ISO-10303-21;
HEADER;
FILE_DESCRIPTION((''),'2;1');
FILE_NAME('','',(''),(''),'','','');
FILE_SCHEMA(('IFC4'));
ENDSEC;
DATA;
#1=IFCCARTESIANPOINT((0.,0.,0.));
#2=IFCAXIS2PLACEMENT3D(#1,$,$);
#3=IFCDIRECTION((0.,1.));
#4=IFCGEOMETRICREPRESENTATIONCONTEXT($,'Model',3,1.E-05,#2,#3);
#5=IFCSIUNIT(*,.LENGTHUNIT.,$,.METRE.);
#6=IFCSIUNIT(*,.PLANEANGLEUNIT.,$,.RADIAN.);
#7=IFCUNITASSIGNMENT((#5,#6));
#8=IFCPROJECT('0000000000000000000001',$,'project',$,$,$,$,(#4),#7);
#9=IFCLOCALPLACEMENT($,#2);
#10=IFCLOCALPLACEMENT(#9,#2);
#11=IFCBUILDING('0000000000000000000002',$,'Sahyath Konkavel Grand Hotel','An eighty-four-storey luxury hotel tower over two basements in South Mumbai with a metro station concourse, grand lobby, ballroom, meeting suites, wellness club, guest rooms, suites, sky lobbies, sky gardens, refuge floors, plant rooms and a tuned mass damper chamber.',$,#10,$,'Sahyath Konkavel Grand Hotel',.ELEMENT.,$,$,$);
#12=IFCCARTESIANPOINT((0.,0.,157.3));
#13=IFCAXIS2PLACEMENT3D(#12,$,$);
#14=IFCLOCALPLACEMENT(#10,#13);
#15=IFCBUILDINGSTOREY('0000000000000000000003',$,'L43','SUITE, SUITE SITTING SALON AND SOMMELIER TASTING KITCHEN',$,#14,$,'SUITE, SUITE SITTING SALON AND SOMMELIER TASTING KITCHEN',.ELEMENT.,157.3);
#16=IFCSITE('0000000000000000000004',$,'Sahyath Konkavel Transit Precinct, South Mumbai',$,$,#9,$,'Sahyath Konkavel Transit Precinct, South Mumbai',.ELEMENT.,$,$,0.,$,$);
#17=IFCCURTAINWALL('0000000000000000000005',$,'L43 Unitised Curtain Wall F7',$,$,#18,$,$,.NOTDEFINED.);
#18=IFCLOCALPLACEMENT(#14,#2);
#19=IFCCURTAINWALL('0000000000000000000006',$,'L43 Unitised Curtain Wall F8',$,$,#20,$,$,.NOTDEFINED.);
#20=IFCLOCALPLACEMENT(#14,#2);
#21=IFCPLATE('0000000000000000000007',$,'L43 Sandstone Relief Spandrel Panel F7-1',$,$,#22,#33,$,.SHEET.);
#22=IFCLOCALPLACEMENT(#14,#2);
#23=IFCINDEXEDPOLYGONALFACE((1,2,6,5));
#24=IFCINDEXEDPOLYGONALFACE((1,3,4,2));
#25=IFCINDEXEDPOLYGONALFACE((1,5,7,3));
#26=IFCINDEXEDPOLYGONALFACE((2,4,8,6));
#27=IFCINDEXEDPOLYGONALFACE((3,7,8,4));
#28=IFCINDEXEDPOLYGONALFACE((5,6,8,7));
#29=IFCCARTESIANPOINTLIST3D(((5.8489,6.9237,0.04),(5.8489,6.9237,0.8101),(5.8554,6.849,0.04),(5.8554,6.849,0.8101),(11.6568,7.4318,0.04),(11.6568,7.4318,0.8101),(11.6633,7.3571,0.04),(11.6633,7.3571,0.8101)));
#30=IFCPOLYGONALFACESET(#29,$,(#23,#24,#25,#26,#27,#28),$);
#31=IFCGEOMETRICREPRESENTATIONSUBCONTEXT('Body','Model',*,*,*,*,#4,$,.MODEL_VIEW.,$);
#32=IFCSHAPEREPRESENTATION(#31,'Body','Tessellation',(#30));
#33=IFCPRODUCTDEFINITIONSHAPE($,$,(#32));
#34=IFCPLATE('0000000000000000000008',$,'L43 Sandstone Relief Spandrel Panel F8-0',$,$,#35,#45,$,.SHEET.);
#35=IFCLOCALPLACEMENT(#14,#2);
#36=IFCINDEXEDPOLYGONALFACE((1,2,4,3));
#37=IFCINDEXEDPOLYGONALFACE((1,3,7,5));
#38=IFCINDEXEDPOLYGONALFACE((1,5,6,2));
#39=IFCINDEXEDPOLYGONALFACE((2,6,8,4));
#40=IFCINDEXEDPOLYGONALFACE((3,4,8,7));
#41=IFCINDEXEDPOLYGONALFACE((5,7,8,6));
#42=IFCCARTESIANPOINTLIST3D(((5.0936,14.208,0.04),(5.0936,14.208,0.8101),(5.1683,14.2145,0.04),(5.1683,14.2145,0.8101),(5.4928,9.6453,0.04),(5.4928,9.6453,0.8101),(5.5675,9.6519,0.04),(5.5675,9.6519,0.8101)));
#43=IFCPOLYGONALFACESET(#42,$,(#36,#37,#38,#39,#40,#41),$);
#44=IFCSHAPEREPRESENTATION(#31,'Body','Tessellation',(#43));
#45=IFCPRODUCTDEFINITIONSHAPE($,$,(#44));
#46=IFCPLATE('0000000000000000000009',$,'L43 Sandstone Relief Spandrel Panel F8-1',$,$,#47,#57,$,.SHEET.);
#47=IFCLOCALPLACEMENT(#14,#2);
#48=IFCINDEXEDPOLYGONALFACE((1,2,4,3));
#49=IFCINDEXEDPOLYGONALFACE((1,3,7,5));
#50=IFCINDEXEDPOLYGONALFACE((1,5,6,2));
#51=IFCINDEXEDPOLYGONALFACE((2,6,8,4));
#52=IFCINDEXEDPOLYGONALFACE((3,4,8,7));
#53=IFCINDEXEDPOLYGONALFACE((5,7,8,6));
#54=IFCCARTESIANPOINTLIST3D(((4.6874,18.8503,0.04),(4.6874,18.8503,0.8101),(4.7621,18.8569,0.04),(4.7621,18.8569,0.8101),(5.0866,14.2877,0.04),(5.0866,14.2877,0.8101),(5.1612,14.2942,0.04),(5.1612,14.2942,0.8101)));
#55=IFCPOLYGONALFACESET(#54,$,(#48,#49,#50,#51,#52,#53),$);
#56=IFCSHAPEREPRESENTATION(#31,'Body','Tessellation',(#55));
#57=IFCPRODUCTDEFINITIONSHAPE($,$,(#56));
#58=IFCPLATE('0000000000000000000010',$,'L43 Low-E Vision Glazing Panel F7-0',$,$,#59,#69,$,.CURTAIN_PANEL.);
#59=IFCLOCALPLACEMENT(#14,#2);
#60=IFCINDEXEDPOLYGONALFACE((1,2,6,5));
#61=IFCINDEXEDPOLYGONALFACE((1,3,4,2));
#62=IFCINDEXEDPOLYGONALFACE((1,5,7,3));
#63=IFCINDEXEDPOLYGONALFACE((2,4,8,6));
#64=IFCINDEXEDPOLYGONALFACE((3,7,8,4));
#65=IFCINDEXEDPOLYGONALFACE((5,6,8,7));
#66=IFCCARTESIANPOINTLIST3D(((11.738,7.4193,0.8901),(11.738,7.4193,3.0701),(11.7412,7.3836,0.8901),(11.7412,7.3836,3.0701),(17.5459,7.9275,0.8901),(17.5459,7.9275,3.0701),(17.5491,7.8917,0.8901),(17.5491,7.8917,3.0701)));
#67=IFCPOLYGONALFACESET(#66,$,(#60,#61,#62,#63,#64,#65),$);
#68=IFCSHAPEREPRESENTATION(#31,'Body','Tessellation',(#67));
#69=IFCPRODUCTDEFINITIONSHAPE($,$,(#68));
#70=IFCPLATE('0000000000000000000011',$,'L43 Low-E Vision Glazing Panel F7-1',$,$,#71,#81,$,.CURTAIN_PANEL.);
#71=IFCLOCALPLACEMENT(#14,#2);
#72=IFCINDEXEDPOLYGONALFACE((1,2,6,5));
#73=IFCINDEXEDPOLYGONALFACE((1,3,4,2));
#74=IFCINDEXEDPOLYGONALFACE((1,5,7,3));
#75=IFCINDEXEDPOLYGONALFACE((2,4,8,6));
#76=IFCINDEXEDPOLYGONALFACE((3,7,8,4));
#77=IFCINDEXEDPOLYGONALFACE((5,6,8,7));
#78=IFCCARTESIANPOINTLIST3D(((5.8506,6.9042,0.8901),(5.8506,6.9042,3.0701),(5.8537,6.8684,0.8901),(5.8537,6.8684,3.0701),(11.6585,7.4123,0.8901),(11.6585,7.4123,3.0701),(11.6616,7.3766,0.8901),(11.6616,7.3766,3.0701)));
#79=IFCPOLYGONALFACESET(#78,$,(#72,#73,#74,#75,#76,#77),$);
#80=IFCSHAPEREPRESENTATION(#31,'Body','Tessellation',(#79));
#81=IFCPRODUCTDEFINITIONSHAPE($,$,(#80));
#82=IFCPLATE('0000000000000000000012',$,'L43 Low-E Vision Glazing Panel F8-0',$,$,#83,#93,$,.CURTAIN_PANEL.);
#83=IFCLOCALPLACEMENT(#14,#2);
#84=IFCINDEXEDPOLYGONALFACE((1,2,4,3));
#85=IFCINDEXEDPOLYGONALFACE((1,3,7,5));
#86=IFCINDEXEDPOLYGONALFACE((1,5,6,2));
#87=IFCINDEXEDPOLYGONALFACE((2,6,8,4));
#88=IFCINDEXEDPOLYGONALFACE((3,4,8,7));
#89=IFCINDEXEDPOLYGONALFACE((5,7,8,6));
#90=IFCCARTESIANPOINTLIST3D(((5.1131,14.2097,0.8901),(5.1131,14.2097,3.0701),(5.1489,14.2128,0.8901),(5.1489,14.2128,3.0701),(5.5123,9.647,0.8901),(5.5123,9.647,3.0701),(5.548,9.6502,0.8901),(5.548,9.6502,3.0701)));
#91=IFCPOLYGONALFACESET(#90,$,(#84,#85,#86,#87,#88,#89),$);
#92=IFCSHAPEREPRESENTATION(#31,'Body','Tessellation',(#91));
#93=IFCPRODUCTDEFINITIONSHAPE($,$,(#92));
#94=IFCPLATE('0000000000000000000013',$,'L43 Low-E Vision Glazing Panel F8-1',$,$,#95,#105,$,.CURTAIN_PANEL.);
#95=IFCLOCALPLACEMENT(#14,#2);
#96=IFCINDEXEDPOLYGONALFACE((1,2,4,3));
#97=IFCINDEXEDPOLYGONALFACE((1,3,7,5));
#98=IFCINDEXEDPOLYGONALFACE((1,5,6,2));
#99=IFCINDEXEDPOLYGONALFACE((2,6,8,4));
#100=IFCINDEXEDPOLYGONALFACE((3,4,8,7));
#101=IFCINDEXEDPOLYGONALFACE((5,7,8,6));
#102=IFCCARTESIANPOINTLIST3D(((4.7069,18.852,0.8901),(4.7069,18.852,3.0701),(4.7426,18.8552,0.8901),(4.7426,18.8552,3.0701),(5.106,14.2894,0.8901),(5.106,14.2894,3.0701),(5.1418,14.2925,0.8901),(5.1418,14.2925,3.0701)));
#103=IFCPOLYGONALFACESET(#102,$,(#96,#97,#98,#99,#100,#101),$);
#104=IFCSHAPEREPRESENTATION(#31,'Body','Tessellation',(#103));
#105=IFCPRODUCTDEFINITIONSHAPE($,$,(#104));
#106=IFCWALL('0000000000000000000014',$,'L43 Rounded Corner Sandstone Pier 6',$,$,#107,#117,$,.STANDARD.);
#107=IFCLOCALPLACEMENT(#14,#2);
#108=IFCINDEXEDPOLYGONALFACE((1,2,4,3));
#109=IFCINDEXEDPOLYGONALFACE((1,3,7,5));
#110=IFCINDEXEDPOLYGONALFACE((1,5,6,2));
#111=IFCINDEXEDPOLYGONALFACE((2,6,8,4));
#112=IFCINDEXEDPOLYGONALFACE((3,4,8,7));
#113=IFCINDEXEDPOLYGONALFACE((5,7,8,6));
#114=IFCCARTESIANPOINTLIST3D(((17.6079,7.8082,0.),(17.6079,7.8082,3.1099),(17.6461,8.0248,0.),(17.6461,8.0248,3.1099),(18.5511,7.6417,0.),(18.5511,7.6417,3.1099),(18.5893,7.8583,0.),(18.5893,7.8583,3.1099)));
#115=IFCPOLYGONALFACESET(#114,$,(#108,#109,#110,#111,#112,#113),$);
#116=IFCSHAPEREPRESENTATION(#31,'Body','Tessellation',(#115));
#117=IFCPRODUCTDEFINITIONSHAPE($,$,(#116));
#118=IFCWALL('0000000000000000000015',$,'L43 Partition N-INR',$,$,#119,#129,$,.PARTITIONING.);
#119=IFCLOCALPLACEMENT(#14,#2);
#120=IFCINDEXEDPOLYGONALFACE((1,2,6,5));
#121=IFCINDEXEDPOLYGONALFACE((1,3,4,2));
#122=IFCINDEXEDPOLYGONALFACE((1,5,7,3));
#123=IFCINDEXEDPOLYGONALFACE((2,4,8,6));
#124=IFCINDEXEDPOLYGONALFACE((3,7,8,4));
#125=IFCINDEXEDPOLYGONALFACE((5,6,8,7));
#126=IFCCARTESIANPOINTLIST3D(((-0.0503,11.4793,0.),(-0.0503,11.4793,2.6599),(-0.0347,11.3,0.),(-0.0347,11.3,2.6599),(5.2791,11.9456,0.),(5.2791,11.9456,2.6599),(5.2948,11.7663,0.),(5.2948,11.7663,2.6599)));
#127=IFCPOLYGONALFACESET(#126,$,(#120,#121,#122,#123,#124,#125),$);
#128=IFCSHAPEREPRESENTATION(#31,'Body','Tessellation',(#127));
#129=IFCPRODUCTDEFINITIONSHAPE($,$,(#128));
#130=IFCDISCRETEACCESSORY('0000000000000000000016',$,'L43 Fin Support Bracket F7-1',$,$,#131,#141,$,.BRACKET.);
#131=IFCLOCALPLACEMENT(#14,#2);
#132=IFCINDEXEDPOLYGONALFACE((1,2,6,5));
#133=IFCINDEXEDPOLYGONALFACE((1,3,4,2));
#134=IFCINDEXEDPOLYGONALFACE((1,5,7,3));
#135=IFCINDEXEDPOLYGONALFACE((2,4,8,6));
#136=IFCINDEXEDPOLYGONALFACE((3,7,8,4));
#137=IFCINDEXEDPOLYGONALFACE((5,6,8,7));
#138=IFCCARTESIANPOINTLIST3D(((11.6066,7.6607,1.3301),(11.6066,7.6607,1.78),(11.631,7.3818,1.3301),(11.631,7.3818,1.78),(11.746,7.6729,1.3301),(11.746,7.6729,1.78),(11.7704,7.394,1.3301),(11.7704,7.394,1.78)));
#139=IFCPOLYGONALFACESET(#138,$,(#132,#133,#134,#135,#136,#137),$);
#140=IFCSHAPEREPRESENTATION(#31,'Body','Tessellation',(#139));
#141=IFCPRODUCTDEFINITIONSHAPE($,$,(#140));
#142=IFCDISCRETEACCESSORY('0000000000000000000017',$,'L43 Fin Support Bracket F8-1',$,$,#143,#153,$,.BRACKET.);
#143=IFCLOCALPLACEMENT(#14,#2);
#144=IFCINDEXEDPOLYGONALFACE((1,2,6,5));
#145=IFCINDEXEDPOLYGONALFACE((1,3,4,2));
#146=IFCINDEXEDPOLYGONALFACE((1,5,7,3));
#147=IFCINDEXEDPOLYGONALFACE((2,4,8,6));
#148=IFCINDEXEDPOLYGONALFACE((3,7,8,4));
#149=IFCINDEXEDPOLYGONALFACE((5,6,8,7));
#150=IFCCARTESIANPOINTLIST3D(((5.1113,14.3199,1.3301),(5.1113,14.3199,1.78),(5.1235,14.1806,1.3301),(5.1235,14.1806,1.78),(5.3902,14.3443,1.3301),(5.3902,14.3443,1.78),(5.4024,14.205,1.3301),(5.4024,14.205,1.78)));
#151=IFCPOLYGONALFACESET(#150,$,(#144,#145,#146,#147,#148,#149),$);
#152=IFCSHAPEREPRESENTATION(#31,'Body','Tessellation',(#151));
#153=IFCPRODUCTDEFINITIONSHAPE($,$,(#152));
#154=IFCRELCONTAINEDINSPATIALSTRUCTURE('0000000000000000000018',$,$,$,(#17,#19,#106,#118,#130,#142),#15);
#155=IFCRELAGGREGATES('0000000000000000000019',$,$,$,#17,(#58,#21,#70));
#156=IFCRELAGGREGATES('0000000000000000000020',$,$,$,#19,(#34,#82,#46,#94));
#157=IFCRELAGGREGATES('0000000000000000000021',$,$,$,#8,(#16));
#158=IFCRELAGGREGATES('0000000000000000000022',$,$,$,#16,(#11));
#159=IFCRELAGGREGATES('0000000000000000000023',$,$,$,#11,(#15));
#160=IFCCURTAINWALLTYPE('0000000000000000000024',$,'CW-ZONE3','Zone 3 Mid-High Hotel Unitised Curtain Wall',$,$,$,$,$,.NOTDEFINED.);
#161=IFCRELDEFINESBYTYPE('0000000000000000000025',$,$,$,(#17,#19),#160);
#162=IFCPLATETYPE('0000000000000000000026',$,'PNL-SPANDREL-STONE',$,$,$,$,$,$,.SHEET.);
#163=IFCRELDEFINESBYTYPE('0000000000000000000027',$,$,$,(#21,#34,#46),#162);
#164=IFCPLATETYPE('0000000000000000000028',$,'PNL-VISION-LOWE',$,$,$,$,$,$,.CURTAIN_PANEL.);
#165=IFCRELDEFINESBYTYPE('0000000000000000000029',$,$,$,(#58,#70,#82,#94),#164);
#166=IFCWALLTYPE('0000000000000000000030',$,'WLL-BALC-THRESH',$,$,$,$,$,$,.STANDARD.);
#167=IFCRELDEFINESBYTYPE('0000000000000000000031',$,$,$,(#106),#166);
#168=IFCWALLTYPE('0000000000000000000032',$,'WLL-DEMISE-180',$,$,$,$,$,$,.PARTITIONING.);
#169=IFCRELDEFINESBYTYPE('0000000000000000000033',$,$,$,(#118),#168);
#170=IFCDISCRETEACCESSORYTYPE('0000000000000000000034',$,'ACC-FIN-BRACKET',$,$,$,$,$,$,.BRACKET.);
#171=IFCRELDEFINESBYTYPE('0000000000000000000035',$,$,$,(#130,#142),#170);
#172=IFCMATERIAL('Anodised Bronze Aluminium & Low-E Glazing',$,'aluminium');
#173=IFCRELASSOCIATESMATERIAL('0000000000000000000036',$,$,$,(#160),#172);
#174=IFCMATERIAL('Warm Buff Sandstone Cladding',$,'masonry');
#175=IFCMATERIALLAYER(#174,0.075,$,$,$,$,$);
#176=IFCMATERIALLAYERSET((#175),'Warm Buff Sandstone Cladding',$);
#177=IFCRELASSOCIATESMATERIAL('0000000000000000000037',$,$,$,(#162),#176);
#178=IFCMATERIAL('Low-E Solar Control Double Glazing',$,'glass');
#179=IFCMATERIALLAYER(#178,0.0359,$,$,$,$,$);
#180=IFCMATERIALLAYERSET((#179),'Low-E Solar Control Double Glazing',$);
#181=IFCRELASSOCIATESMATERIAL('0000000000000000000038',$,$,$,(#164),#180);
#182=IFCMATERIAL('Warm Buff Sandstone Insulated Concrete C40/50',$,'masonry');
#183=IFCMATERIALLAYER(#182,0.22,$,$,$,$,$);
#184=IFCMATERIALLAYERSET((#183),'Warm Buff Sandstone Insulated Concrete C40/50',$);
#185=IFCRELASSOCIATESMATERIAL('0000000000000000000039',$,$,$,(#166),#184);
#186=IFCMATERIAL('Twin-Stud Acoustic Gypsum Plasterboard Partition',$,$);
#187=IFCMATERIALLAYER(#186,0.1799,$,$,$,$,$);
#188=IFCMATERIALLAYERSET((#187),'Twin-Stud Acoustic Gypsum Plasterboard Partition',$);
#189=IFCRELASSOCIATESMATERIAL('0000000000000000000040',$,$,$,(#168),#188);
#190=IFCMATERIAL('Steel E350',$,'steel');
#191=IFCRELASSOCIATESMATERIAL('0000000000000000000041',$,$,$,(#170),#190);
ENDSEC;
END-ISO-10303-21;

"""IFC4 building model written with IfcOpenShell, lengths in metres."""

from ifc_helpers import new_model, si_unit, direction, frame, frame_2d, origin, origin_2d, place, context, subcontext, project, spatial, rectangle, extrude, source, transform, mapped, material, layer, layer_set, type_object, element, aggregate, save


model = new_model("IFC4")

# Units and contexts
model_context = context("Model", 3, precision=1e-05, world=origin(), true_north=direction((0.0, 1.0)))
body_context = subcontext(model_context, "Body", "Model", "MODEL_VIEW")
ifc_project = project(units=[si_unit("LENGTHUNIT", "METRE"), si_unit("PLANEANGLEUNIT", "RADIAN")], contexts=[model_context])

# Site, building, storey
site_placement = place(None, origin())
site = spatial("IfcSite", under=ifc_project, at=site_placement, Name="Sahyath Konkavel Transit Precinct, South Mumbai", LongName="Sahyath Konkavel Transit Precinct, South Mumbai", CompositionType="ELEMENT", RefElevation=0.0)
building_placement = place(site_placement, origin())
building = spatial("IfcBuilding", under=site, at=building_placement, Name="Sahyath Konkavel Grand Hotel", Description="An eighty-four-storey luxury hotel tower over two basements in South Mumbai with a metro station concourse, grand lobby, ballroom, meeting suites, wellness club, guest rooms, suites, sky lobbies, sky gardens, refuge floors, plant rooms and a tuned mass damper chamber.", LongName="Sahyath Konkavel Grand Hotel", CompositionType="ELEMENT")
storey_placement = place(building_placement, frame((0.0, 0.0, 157.3)))
storey = spatial("IfcBuildingStorey", under=building, at=storey_placement, Name="L43", Description="SUITE, SUITE SITTING SALON AND SOMMELIER TASTING KITCHEN", LongName="SUITE, SUITE SITTING SALON AND SOMMELIER TASTING KITCHEN", CompositionType="ELEMENT", Elevation=157.3)

# Curtain walls
ifc_material_1 = material(Name="Anodised Bronze Aluminium & Low-E Glazing", Category="aluminium")
curtain_wall_type = type_object("IfcCurtainWallType", Name="CW-ZONE3", Description="Zone 3 Mid-High Hotel Unitised Curtain Wall", PredefinedType="NOTDEFINED", material=ifc_material_1)
curtain_wall_1_placement = place(storey_placement, origin())
curtain_wall_1 = element("IfcCurtainWall", 1, at=curtain_wall_1_placement, inside=storey, type_object=curtain_wall_type, Name="L43 Unitised Curtain Wall F7", PredefinedType="NOTDEFINED")
curtain_wall_2_placement = place(storey_placement, origin())
curtain_wall_2 = element("IfcCurtainWall", 2, at=curtain_wall_2_placement, inside=storey, type_object=curtain_wall_type, Name="L43 Unitised Curtain Wall F8", PredefinedType="NOTDEFINED")

# Plates
ifc_material_2 = material(Name="Warm Buff Sandstone Cladding", Category="masonry")
ifc_layer_1 = layer(ifc_material_2, 0.075)
ifc_layer_set_1 = layer_set([ifc_layer_1], Name="Warm Buff Sandstone Cladding")
plate_type_1 = type_object("IfcPlateType", Name="PNL-SPANDREL-STONE", PredefinedType="SHEET", material=ifc_layer_set_1)
shared_shape_1 = source(origin(), body_context, "Body", "SweptSolid", [
    extrude(rectangle(XDim=5.8301, YDim=0.075, at=origin_2d()), origin(), (0.0, 0.0, 1.0), 0.77),
])
plate_1_placement = place(storey_placement, frame((8.7561, 7.1404, 0.04), z_axis=(0.0, 0.0, 1.0), x_axis=(-0.996195, -0.087156, 0.0)))
plate_1 = element("IfcPlate", 3, at=plate_1_placement, type_object=plate_type_1, Name="L43 Sandstone Relief Spandrel Panel F7-1", PredefinedType="SHEET", context=body_context, shape_type="MappedRepresentation", body=[
    mapped(shared_shape_1, transform((0.0, 0.0, 0.0), scale=1.0)),
])
shared_shape_2 = source(origin(), body_context, "Body", "SweptSolid", [
    extrude(rectangle(XDim=4.5801, YDim=0.075, at=origin_2d()), origin(), (0.0, 0.0, 1.0), 0.77),
])
plate_2_placement = place(storey_placement, frame((5.3306, 11.9299, 0.04), z_axis=(0.0, 0.0, 1.0), x_axis=(-0.087156, 0.996195, 0.0)))
plate_2 = element("IfcPlate", 4, at=plate_2_placement, type_object=plate_type_1, Name="L43 Sandstone Relief Spandrel Panel F8-0", PredefinedType="SHEET", context=body_context, shape_type="MappedRepresentation", body=[
    mapped(shared_shape_2, transform((0.0, 0.0, 0.0), scale=1.0)),
])
plate_3_placement = place(storey_placement, frame((4.9243, 16.5723, 0.04), z_axis=(0.0, 0.0, 1.0), x_axis=(-0.087156, 0.996195, 0.0)))
plate_3 = element("IfcPlate", 5, at=plate_3_placement, type_object=plate_type_1, Name="L43 Sandstone Relief Spandrel Panel F8-1", PredefinedType="SHEET", context=body_context, shape_type="MappedRepresentation", body=[
    mapped(shared_shape_2, transform((0.0, 0.0, 0.0), scale=1.0)),
])
ifc_material_3 = material(Name="Low-E Solar Control Double Glazing", Category="glass")
ifc_layer_2 = layer(ifc_material_3, 0.0359)
ifc_layer_set_2 = layer_set([ifc_layer_2], Name="Low-E Solar Control Double Glazing")
plate_type_2 = type_object("IfcPlateType", Name="PNL-VISION-LOWE", PredefinedType="CURTAIN_PANEL", material=ifc_layer_set_2)
shared_shape_3 = source(origin(), body_context, "Body", "SweptSolid", [
    extrude(rectangle(XDim=5.8301, YDim=0.0359, at=origin_2d()), origin(), (0.0, 0.0, 1.0), 2.1799),
])
plate_4_placement = place(storey_placement, frame((14.6436, 7.6555, 0.8901), z_axis=(0.0, 0.0, 1.0), x_axis=(-0.996195, -0.087156, 0.0)))
plate_4 = element("IfcPlate", 6, at=plate_4_placement, type_object=plate_type_2, Name="L43 Low-E Vision Glazing Panel F7-0", PredefinedType="CURTAIN_PANEL", context=body_context, shape_type="MappedRepresentation", body=[
    mapped(shared_shape_3, transform((0.0, 0.0, 0.0), scale=1.0)),
])
plate_5_placement = place(storey_placement, frame((8.7561, 7.1404, 0.8901), z_axis=(0.0, 0.0, 1.0), x_axis=(-0.996195, -0.087156, 0.0)))
plate_5 = element("IfcPlate", 7, at=plate_5_placement, type_object=plate_type_2, Name="L43 Low-E Vision Glazing Panel F7-1", PredefinedType="CURTAIN_PANEL", context=body_context, shape_type="MappedRepresentation", body=[
    mapped(shared_shape_3, transform((0.0, 0.0, 0.0), scale=1.0)),
])
aggregate(curtain_wall_1, [plate_4, plate_1, plate_5])
shared_shape_4 = source(origin(), body_context, "Body", "SweptSolid", [
    extrude(rectangle(XDim=4.5801, YDim=0.0359, at=origin_2d()), origin(), (0.0, 0.0, 1.0), 2.1799),
])
plate_6_placement = place(storey_placement, frame((5.3306, 11.9299, 0.8901), z_axis=(0.0, 0.0, 1.0), x_axis=(-0.087156, 0.996195, 0.0)))
plate_6 = element("IfcPlate", 8, at=plate_6_placement, type_object=plate_type_2, Name="L43 Low-E Vision Glazing Panel F8-0", PredefinedType="CURTAIN_PANEL", context=body_context, shape_type="MappedRepresentation", body=[
    mapped(shared_shape_4, transform((0.0, 0.0, 0.0), scale=1.0)),
])
plate_7_placement = place(storey_placement, frame((4.9243, 16.5723, 0.8901), z_axis=(0.0, 0.0, 1.0), x_axis=(-0.087156, 0.996195, 0.0)))
plate_7 = element("IfcPlate", 9, at=plate_7_placement, type_object=plate_type_2, Name="L43 Low-E Vision Glazing Panel F8-1", PredefinedType="CURTAIN_PANEL", context=body_context, shape_type="MappedRepresentation", body=[
    mapped(shared_shape_4, transform((0.0, 0.0, 0.0), scale=1.0)),
])
aggregate(curtain_wall_2, [plate_2, plate_6, plate_3, plate_7])

# Walls
ifc_material_4 = material(Name="Warm Buff Sandstone Insulated Concrete C40/50", Category="masonry")
ifc_layer_3 = layer(ifc_material_4, 0.22)
ifc_layer_set_3 = layer_set([ifc_layer_3], Name="Warm Buff Sandstone Insulated Concrete C40/50")
wall_type_1 = type_object("IfcWallType", Name="WLL-BALC-THRESH", PredefinedType="STANDARD", material=ifc_layer_set_3)
wall_1_placement = place(storey_placement, frame((18.5703, 7.75, 0.0), z_axis=(0.0, 0.0, 1.0), x_axis=(-0.984771, 0.173858, 0.0)))
element("IfcWall", 10, at=wall_1_placement, inside=storey, type_object=wall_type_1, Name="L43 Rounded Corner Sandstone Pier 6", PredefinedType="STANDARD", context=body_context, shape_type="SweptSolid", body=[
    extrude(rectangle(XDim=0.9578, YDim=0.22, at=frame_2d((0.479, 0.0))), origin(), (0.0, 0.0, 1.0), 3.1099),
])
ifc_material_5 = material(Name="Twin-Stud Acoustic Gypsum Plasterboard Partition")
ifc_layer_4 = layer(ifc_material_5, 0.1799)
ifc_layer_set_4 = layer_set([ifc_layer_4], Name="Twin-Stud Acoustic Gypsum Plasterboard Partition")
wall_type_2 = type_object("IfcWallType", Name="WLL-DEMISE-180", PredefinedType="PARTITIONING", material=ifc_layer_set_4)
wall_2_placement = place(storey_placement, frame((5.2869, 11.856, 0.0), z_axis=(0.0, 0.0, 1.0), x_axis=(-0.996194, -0.087161, 0.0)))
element("IfcWall", 11, at=wall_2_placement, inside=storey, type_object=wall_type_2, Name="L43 Partition N-INR", PredefinedType="PARTITIONING", context=body_context, shape_type="SweptSolid", body=[
    extrude(rectangle(XDim=5.3499, YDim=0.1799, at=frame_2d((2.6748, 0.0))), origin(), (0.0, 0.0, 1.0), 2.6599),
])

# Discrete accessories
ifc_material_6 = material(Name="Steel E350", Category="steel")
discrete_accessory_type = type_object("IfcDiscreteAccessoryType", Name="ACC-FIN-BRACKET", PredefinedType="BRACKET", material=ifc_material_6)
shared_shape_5 = source(origin(), body_context, "Body", "SweptSolid", [
    extrude(rectangle(XDim=0.28, YDim=0.1399, at=origin_2d()), origin(), (0.0, 0.0, 1.0), 0.45),
])
for number, where, z_axis, x_axis, name in (
    (12, (11.6885, 7.5273, 1.3301), (0.0, 0.0, 1.0), (-0.087156, 0.996195, 0.0), "L43 Fin Support Bracket F7-1"),
    (13, (5.2568, 14.2625, 1.3301), (0.0, 0.0, 1.0), (0.996195, 0.087156, 0.0), "L43 Fin Support Bracket F8-1"),
):
    element("IfcDiscreteAccessory", number, at=place(storey_placement, frame(where, z_axis=z_axis, x_axis=x_axis)), inside=storey, type_object=discrete_accessory_type, Name=name, PredefinedType="BRACKET", context=body_context, shape_type="MappedRepresentation", body=[
        mapped(shared_shape_5, transform((0.0, 0.0, 0.0), scale=1.0)),
    ])

save(model, "model.ifc")
